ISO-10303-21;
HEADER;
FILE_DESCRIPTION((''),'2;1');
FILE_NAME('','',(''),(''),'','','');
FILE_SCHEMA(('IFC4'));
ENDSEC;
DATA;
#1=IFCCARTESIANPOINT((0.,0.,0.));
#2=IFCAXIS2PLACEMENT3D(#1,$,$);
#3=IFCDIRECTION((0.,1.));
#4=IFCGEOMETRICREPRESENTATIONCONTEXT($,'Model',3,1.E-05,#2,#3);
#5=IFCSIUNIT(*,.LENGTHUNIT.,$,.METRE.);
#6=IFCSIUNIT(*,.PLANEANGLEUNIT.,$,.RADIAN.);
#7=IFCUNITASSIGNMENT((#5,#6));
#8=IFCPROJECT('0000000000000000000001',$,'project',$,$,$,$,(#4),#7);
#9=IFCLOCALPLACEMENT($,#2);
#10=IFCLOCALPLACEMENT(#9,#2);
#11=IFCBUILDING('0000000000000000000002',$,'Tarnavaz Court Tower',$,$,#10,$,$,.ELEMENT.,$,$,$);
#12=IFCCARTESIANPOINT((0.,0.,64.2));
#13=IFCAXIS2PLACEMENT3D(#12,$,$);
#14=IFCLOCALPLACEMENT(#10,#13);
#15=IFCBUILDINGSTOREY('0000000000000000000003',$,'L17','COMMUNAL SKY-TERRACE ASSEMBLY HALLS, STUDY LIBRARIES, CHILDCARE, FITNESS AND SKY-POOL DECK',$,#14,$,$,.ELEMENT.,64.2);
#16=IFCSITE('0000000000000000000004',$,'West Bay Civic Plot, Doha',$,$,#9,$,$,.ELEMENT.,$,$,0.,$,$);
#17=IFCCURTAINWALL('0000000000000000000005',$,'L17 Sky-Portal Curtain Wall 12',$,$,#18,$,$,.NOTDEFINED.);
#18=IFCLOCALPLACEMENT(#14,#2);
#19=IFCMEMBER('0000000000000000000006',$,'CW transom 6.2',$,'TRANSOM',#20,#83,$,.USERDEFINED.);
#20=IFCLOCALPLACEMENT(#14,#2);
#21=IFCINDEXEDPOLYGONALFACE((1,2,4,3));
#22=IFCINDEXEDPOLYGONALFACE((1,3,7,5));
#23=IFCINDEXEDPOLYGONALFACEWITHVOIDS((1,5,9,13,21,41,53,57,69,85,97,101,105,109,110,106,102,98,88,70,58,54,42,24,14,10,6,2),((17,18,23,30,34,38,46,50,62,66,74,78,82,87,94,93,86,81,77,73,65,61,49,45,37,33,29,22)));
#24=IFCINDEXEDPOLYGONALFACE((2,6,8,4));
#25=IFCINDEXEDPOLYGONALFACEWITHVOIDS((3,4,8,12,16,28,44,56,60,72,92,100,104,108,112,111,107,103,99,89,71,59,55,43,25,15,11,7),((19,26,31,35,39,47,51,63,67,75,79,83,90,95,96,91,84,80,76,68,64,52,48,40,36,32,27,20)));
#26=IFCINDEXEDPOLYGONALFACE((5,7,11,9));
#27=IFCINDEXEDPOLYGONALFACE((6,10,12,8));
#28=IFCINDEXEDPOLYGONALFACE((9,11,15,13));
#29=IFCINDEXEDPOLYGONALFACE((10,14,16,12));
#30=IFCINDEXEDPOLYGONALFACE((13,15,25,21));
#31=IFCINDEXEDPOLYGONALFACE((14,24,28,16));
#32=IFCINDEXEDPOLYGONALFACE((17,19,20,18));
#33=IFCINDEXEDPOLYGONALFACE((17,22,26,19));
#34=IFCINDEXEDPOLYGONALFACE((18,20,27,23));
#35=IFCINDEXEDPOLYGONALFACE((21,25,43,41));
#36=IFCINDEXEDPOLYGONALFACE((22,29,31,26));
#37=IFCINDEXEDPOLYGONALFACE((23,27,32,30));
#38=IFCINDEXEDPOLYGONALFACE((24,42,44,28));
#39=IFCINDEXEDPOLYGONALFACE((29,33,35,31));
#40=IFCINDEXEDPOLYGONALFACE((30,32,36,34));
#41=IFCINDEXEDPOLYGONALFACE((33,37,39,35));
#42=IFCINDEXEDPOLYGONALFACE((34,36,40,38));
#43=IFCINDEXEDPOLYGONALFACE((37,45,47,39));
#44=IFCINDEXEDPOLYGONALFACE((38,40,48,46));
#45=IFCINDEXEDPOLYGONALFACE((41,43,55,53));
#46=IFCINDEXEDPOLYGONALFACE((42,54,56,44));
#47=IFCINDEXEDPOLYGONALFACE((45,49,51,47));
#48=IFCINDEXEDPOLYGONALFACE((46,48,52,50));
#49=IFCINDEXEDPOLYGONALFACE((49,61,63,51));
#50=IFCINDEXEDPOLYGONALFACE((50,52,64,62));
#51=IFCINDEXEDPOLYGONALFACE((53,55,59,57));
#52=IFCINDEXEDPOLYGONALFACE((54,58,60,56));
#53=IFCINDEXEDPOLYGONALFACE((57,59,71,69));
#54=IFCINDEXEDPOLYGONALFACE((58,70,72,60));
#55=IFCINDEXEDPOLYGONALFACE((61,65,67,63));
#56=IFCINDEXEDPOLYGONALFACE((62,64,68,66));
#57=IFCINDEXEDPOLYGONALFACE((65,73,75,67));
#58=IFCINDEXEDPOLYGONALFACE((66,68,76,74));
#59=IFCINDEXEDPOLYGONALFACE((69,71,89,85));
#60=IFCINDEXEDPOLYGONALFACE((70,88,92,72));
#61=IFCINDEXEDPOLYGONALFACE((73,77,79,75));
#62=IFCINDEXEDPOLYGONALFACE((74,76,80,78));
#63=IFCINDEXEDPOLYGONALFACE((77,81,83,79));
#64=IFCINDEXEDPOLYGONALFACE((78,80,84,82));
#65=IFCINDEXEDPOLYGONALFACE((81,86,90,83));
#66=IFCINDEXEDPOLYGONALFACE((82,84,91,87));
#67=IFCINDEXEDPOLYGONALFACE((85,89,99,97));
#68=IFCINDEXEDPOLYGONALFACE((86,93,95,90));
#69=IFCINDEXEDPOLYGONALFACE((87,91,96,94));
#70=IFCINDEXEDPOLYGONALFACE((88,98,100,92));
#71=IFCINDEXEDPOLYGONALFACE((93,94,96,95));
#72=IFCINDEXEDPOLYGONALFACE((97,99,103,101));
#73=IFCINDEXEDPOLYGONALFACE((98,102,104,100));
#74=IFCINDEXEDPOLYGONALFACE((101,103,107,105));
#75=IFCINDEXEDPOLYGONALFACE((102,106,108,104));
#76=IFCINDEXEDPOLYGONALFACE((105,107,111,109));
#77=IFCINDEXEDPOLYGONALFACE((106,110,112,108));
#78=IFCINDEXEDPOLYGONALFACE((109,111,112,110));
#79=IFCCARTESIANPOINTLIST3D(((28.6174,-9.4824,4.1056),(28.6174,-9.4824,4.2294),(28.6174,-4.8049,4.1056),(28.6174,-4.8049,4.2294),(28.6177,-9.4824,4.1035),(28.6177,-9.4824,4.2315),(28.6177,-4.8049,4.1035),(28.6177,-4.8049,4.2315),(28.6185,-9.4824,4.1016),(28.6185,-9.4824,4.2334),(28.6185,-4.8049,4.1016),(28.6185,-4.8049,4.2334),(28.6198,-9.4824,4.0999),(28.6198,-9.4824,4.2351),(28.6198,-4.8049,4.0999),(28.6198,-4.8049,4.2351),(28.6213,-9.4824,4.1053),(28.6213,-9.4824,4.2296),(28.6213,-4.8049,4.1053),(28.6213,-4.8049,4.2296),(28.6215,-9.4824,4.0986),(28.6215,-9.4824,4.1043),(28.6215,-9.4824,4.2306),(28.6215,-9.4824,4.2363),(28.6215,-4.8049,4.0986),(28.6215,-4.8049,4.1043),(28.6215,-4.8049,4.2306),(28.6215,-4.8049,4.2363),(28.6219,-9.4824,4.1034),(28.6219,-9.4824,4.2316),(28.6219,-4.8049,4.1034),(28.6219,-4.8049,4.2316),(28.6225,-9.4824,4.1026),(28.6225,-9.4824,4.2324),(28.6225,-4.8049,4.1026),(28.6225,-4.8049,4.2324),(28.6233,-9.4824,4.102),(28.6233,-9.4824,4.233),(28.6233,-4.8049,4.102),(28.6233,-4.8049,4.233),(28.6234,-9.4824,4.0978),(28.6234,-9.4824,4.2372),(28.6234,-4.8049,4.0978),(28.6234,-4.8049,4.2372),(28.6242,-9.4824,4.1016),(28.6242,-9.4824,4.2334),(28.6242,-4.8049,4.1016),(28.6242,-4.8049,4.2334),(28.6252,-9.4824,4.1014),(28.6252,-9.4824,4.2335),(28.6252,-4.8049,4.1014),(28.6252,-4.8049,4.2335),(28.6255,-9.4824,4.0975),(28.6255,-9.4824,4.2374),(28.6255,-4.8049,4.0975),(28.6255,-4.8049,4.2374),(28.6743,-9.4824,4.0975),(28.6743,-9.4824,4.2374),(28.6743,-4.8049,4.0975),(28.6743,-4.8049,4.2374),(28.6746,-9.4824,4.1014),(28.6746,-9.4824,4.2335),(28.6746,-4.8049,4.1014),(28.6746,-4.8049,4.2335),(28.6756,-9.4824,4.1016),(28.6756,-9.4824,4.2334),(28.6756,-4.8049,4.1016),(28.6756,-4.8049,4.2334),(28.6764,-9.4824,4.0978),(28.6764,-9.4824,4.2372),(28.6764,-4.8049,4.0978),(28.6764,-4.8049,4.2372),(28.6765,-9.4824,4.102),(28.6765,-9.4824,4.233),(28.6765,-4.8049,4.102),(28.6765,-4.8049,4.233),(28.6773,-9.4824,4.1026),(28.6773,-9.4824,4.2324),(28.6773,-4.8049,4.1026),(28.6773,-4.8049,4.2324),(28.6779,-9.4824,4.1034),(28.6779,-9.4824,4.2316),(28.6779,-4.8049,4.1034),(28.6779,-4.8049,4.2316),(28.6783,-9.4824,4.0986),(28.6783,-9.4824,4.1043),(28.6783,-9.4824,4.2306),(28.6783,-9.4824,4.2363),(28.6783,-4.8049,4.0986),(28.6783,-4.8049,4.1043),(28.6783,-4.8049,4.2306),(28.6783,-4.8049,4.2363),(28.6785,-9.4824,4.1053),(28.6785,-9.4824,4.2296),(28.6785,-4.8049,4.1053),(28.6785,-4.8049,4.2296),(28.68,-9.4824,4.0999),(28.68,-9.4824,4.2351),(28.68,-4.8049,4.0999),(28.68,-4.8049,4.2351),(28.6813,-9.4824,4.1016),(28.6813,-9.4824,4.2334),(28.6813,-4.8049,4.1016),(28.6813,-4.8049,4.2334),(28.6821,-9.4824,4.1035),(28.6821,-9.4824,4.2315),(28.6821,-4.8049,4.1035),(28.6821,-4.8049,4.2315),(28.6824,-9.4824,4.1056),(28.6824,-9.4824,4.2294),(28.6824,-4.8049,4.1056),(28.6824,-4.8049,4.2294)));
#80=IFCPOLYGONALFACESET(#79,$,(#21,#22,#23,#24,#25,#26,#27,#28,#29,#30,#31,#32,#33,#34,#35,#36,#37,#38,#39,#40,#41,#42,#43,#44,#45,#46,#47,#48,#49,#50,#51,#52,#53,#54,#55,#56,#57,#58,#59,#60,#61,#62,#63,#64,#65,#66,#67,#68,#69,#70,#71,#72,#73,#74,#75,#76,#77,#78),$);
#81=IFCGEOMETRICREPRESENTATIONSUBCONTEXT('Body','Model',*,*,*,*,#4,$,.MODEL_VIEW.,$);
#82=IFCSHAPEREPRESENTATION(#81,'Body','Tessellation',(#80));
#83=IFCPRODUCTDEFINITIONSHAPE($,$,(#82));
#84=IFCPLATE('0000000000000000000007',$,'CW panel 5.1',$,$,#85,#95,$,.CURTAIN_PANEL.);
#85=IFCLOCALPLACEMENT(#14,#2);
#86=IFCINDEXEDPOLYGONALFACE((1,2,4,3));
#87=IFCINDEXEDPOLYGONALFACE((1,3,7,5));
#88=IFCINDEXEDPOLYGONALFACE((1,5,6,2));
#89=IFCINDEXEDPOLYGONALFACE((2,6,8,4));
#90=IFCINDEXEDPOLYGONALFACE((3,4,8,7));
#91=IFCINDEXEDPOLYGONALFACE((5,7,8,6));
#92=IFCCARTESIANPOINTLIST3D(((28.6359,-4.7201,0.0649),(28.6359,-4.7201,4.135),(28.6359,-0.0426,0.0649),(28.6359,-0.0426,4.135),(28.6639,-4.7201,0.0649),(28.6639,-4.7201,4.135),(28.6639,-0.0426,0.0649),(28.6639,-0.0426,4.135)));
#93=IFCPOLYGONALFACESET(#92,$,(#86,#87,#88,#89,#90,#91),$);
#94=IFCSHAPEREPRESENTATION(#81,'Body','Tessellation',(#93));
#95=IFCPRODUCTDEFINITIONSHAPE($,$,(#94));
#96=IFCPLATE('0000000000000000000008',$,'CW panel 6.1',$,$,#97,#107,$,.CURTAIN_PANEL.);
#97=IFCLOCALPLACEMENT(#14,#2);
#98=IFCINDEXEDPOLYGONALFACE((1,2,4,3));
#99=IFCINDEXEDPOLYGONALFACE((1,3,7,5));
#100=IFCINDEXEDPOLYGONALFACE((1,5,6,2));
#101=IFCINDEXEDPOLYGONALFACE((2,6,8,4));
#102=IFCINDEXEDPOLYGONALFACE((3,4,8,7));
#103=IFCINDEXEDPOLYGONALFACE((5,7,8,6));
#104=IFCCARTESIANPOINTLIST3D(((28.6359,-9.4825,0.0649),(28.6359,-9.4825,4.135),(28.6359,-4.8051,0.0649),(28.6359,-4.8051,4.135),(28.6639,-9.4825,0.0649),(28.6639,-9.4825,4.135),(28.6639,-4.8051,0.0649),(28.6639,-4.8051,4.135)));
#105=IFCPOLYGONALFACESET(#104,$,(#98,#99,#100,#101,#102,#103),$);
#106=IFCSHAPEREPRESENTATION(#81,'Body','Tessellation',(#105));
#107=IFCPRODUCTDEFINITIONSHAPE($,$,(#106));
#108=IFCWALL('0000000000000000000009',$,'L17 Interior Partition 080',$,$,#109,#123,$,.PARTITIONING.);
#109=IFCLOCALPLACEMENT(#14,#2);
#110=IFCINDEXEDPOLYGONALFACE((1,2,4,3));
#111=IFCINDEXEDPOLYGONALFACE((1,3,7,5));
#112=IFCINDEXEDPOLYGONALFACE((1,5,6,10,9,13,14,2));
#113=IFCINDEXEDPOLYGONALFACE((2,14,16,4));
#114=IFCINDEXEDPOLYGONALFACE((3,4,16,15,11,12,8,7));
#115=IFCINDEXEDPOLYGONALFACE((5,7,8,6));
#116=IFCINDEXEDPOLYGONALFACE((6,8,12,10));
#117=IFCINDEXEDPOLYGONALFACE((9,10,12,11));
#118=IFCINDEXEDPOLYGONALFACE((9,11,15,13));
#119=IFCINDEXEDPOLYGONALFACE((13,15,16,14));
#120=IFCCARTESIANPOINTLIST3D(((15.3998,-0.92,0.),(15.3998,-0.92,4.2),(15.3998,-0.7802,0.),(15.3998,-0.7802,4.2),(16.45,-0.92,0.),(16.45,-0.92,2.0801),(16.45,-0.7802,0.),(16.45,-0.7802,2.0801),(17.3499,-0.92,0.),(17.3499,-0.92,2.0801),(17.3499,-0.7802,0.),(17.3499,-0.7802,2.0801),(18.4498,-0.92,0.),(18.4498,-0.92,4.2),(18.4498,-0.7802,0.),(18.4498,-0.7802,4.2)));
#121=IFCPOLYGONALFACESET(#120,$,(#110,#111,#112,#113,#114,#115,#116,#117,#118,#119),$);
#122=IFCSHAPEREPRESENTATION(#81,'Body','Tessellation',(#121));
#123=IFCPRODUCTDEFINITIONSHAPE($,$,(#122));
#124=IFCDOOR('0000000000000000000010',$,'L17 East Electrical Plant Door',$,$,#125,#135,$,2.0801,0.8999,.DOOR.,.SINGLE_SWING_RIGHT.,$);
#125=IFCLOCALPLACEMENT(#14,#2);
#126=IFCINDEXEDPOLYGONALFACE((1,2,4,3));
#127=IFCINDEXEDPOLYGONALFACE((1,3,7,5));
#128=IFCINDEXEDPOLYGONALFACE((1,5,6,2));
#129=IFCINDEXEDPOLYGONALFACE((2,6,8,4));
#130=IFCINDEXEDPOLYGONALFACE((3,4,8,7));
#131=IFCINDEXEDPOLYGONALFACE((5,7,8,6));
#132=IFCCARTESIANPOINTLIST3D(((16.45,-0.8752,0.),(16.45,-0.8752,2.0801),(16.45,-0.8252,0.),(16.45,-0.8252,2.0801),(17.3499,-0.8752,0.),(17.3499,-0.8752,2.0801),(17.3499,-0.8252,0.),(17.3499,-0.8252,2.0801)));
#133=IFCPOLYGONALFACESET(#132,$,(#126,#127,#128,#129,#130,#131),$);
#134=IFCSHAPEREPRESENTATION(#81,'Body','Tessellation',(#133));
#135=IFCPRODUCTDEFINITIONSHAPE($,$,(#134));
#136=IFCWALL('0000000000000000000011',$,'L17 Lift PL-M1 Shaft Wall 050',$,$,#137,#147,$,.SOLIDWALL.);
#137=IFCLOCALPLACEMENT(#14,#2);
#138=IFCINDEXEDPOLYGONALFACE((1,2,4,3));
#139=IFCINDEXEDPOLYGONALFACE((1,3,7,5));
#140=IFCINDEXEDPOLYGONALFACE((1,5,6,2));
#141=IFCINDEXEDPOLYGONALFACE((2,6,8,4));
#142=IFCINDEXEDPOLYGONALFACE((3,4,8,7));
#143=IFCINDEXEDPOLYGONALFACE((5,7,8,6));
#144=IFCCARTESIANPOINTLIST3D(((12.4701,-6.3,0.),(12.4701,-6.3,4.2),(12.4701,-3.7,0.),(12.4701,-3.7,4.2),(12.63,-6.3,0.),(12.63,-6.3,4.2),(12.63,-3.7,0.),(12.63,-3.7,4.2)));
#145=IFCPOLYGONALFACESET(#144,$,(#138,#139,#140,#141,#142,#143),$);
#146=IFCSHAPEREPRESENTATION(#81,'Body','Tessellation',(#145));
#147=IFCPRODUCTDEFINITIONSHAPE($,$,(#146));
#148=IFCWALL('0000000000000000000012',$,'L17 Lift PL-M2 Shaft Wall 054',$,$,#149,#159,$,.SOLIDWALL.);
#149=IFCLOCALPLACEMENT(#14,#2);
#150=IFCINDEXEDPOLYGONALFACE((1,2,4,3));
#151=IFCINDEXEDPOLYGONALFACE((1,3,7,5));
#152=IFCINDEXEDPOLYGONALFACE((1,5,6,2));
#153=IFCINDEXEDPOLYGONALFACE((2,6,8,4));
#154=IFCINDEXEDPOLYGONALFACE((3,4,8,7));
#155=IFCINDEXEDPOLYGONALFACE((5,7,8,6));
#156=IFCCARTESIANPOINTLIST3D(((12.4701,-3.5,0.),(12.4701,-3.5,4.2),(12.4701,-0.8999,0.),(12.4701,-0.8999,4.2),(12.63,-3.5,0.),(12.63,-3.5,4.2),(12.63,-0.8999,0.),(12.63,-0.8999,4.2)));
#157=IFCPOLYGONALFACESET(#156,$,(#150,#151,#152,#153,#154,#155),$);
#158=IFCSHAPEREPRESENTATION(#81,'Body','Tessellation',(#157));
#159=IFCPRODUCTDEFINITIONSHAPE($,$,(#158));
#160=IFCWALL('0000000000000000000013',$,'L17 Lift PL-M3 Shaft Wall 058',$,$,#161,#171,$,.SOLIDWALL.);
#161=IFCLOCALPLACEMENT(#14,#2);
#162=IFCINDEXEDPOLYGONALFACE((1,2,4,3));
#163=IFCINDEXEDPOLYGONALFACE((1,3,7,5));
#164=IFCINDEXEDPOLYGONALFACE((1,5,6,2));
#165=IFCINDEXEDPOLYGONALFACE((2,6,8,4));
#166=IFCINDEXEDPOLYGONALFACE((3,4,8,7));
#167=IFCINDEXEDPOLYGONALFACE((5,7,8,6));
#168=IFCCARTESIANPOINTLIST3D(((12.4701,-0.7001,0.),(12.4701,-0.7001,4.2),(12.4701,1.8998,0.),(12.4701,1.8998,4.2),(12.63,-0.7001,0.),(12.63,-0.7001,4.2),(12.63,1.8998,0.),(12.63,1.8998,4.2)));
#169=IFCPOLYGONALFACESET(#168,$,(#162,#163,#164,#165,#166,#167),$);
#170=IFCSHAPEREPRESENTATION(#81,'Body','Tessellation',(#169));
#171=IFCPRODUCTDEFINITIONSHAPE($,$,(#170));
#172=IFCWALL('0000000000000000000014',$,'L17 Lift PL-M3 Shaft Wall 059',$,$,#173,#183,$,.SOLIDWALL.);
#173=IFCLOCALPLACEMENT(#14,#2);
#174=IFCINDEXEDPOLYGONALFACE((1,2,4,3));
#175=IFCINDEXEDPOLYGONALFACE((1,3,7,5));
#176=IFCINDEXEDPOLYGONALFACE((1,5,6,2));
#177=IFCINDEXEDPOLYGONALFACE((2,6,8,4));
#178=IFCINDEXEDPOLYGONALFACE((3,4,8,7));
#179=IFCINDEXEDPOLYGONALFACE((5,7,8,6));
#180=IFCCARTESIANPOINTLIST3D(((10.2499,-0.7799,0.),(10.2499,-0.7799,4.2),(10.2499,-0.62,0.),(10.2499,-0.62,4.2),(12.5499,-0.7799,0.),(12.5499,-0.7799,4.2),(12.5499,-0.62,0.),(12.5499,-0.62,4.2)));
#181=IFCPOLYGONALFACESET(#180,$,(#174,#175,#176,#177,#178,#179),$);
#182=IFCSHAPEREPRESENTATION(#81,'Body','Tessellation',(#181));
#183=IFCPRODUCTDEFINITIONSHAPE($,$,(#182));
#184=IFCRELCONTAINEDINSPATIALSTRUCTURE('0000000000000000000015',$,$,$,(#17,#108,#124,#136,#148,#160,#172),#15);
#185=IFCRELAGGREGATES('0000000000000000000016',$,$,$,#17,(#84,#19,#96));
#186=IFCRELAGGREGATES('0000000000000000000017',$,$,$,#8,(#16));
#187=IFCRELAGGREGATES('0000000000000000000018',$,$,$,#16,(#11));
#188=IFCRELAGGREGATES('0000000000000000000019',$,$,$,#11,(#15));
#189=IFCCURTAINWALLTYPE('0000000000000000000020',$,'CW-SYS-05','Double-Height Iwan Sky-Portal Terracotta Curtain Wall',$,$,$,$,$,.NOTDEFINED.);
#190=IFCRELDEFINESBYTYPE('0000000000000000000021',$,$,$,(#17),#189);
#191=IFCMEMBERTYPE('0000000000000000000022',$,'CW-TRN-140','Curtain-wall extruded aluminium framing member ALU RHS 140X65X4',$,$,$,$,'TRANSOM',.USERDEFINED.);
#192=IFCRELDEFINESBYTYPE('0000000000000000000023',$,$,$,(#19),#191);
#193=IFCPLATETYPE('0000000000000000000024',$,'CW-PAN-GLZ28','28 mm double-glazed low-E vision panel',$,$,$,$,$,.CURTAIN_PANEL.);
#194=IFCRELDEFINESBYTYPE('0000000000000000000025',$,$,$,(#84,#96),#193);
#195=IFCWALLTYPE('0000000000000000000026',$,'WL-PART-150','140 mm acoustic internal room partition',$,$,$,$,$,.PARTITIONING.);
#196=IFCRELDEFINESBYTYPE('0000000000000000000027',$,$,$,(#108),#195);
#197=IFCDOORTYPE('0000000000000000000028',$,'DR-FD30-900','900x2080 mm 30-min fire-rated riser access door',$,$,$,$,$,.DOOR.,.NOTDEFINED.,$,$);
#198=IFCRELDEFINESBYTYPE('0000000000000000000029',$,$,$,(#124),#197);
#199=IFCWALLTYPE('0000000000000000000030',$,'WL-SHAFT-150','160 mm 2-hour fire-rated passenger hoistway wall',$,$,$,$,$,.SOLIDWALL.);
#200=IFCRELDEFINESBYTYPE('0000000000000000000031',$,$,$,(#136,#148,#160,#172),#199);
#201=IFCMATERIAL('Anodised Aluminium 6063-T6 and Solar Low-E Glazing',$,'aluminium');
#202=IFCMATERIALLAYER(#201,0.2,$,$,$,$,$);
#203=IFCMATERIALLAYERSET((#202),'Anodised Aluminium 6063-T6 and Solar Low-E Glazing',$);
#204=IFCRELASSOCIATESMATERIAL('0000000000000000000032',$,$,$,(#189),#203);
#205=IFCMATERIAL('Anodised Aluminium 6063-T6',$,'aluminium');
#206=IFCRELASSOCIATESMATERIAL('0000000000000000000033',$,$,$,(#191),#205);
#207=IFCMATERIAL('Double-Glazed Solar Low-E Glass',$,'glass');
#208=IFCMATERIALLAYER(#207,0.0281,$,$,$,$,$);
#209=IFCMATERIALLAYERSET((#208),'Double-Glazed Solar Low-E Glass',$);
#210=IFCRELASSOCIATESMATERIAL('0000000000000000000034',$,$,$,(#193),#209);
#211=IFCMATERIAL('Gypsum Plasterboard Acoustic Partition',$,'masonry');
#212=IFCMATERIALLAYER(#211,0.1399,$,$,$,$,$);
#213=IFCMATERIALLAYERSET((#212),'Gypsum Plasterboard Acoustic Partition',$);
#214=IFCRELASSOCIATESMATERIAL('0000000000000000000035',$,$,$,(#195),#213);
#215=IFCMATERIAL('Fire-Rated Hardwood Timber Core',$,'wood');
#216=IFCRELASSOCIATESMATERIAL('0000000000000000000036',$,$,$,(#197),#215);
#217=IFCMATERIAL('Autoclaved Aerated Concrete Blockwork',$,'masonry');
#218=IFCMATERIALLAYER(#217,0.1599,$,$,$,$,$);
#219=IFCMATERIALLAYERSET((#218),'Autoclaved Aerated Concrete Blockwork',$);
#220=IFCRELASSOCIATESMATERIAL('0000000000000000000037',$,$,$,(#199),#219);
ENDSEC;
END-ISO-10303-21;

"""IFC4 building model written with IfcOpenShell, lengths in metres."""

from ifc_helpers import new_model, si_unit, direction, frame, frame_2d, origin, origin_2d, place, context, subcontext, project, spatial, rectangle, hollow_rectangle, extrude, material, layer, layer_set, material_profile, profile_set, type_object, element, fill, aggregate, save


model = new_model("IFC4")

# Units and contexts
model_context = context("Model", 3, precision=1e-05, world=origin(), true_north=direction((0.0, 1.0)))
body_context = subcontext(model_context, "Body", "Model", "MODEL_VIEW")
ifc_project = project(units=[si_unit("LENGTHUNIT", "METRE"), si_unit("PLANEANGLEUNIT", "RADIAN")], contexts=[model_context])

# Site, building, storey
site_placement = place(None, origin())
site = spatial("IfcSite", under=ifc_project, at=site_placement, Name="West Bay Civic Plot, Doha", CompositionType="ELEMENT", RefElevation=0.0)
building_placement = place(site_placement, origin())
building = spatial("IfcBuilding", under=site, at=building_placement, Name="Tarnavaz Court Tower", CompositionType="ELEMENT")
storey_placement = place(building_placement, frame((0.0, 0.0, 64.2)))
storey = spatial("IfcBuildingStorey", under=building, at=storey_placement, Name="L17", Description="COMMUNAL SKY-TERRACE ASSEMBLY HALLS, STUDY LIBRARIES, CHILDCARE, FITNESS AND SKY-POOL DECK", CompositionType="ELEMENT", Elevation=64.2)

# Curtain wall, member, plates
ifc_material_1 = material(Name="Anodised Aluminium 6063-T6 and Solar Low-E Glazing", Category="aluminium")
ifc_layer_1 = layer(ifc_material_1, 0.2)
ifc_layer_set_1 = layer_set([ifc_layer_1], Name="Anodised Aluminium 6063-T6 and Solar Low-E Glazing")
curtain_wall_type = type_object("IfcCurtainWallType", Name="CW-SYS-05", Description="Double-Height Iwan Sky-Portal Terracotta Curtain Wall", PredefinedType="NOTDEFINED", material=ifc_layer_set_1)
curtain_wall_placement = place(storey_placement, origin())
curtain_wall = element("IfcCurtainWall", 1, at=curtain_wall_placement, inside=storey, type_object=curtain_wall_type, Name="L17 Sky-Portal Curtain Wall 12", PredefinedType="NOTDEFINED")
ifc_material_2 = material(Name="Anodised Aluminium 6063-T6", Category="aluminium")
ifc_material_profile_1 = material_profile(ifc_material_2, hollow_rectangle(XDim=0.0649, YDim=0.1399, WallThickness=0.0039, InnerFilletRadius=0.0039, OuterFilletRadius=0.0081, at=origin_2d()), Name="ALU RHS 140X65X4")
ifc_profile_set_1 = profile_set([ifc_material_profile_1], Name="Anodised Aluminium 6063-T6")
member_type_1 = type_object("IfcMemberType", Name="CW-TRN-140", Description="Curtain-wall extruded aluminium framing member ALU RHS 140X65X4", ElementType="TRANSOM", PredefinedType="USERDEFINED", material=ifc_profile_set_1)
member_1_placement = place(storey_placement, frame((28.6499, -4.8049, 4.1675), z_axis=(0.0, -1.0, 0.0), x_axis=(1.0, 0.0, 0.0)))
member_1 = element("IfcMember", 2, at=member_1_placement, type_object=member_type_1, Name="CW transom 6.2", ObjectType="TRANSOM", PredefinedType="USERDEFINED", context=body_context, shape_type="SweptSolid", body=[
    extrude(hollow_rectangle(XDim=0.0649, YDim=0.1399, WallThickness=0.0039, InnerFilletRadius=0.0039, OuterFilletRadius=0.0081, at=origin_2d()), origin(), (0.0, 0.0, 1.0), 4.6775),
])
ifc_material_3 = material(Name="Double-Glazed Solar Low-E Glass", Category="glass")
ifc_layer_2 = layer(ifc_material_3, 0.0281)
ifc_layer_set_2 = layer_set([ifc_layer_2], Name="Double-Glazed Solar Low-E Glass")
plate_type = type_object("IfcPlateType", Name="CW-PAN-GLZ28", Description="28 mm double-glazed low-E vision panel", PredefinedType="CURTAIN_PANEL", material=ifc_layer_set_2)
plate_1_placement = place(storey_placement, frame((28.6499, -2.3813, 0.0649), z_axis=(0.0, 0.0, 1.0), x_axis=(0.0, -1.0, 0.0)))
plate_1 = element("IfcPlate", 3, at=plate_1_placement, type_object=plate_type, Name="CW panel 5.1", PredefinedType="CURTAIN_PANEL", context=body_context, shape_type="SweptSolid", body=[
    extrude(rectangle(XDim=4.6775, YDim=0.0281, at=origin_2d()), origin(), (0.0, 0.0, 1.0), 4.0701),
])
plate_2_placement = place(storey_placement, frame((28.6499, -7.1438, 0.0649), z_axis=(0.0, 0.0, 1.0), x_axis=(0.0, -1.0, 0.0)))
plate_2 = element("IfcPlate", 4, at=plate_2_placement, type_object=plate_type, Name="CW panel 6.1", PredefinedType="CURTAIN_PANEL", context=body_context, shape_type="SweptSolid", body=[
    extrude(rectangle(XDim=4.6775, YDim=0.0281, at=origin_2d()), origin(), (0.0, 0.0, 1.0), 4.0701),
])
aggregate(curtain_wall, [plate_1, member_1, plate_2])

# Wall, opening, door
ifc_material_4 = material(Name="Gypsum Plasterboard Acoustic Partition", Category="masonry")
ifc_layer_3 = layer(ifc_material_4, 0.1399)
ifc_layer_set_3 = layer_set([ifc_layer_3], Name="Gypsum Plasterboard Acoustic Partition")
wall_type_1 = type_object("IfcWallType", Name="WL-PART-150", Description="140 mm acoustic internal room partition", PredefinedType="PARTITIONING", material=ifc_layer_set_3)
wall_1_placement = place(storey_placement, frame((15.3999, -0.8501, 0.0), z_axis=(0.0, 0.0, 1.0), x_axis=(1.0, 0.0, 0.0)))
wall_1 = element("IfcWall", 5, at=wall_1_placement, inside=storey, type_object=wall_type_1, Name="L17 Interior Partition 080", PredefinedType="PARTITIONING", context=body_context, shape_type="SweptSolid", body=[
    extrude(rectangle(XDim=3.05, YDim=0.1399, at=frame_2d((1.5249, 0.0))), origin(), (0.0, 0.0, 1.0), 4.2),
])
opening_placement = place(wall_1_placement, frame((1.05, 0.0, 0.0)))
opening = element("IfcOpeningElement", 6, at=opening_placement, cuts=wall_1, PredefinedType="OPENING", context=body_context, shape_type="SweptSolid", body=[
    extrude(rectangle(XDim=0.8999, YDim=2.0801, at=frame_2d((0.45, 1.04))), frame((0.0, 0.0798, 0.0), z_axis=(0.0, -1.0, 0.0), x_axis=(1.0, 0.0, 0.0)), (0.0, 0.0, 1.0), 0.1599),
])
ifc_material_5 = material(Name="Fire-Rated Hardwood Timber Core", Category="wood")
door_type = type_object("IfcDoorType", Name="DR-FD30-900", Description="900x2080 mm 30-min fire-rated riser access door", OperationType="NOTDEFINED", PredefinedType="DOOR", material=ifc_material_5)
door_placement = place(opening_placement, origin())
door = element("IfcDoor", 7, at=door_placement, inside=storey, type_object=door_type, Name="L17 East Electrical Plant Door", OperationType="SINGLE_SWING_RIGHT", OverallHeight=2.0801, OverallWidth=0.8999, PredefinedType="DOOR", context=body_context, shape_type="SweptSolid", body=[
    extrude(rectangle(XDim=0.8999, YDim=2.0801, at=frame_2d((0.45, 1.04))), frame((0.0, 0.0249, 0.0), z_axis=(0.0, -1.0, 0.0), x_axis=(1.0, 0.0, 0.0)), (0.0, 0.0, 1.0), 0.05),
])
fill(opening, door)

# Walls
ifc_material_6 = material(Name="Autoclaved Aerated Concrete Blockwork", Category="masonry")
ifc_layer_4 = layer(ifc_material_6, 0.1599)
ifc_layer_set_4 = layer_set([ifc_layer_4], Name="Autoclaved Aerated Concrete Blockwork")
wall_type_2 = type_object("IfcWallType", Name="WL-SHAFT-150", Description="160 mm 2-hour fire-rated passenger hoistway wall", PredefinedType="SOLIDWALL", material=ifc_layer_set_4)
for number, where, z_axis, x_axis, name in (
    (8, (12.55, -6.3, 0.0), (0.0, 0.0, 1.0), (0.0, 1.0, 0.0), "L17 Lift PL-M1 Shaft Wall 050"),
    (9, (12.55, -3.5, 0.0), (0.0, 0.0, 1.0), (0.0, 1.0, 0.0), "L17 Lift PL-M2 Shaft Wall 054"),
):
    element("IfcWall", number, at=place(storey_placement, frame(where, z_axis=z_axis, x_axis=x_axis)), inside=storey, type_object=wall_type_2, Name=name, PredefinedType="SOLIDWALL", context=body_context, shape_type="SweptSolid", body=[
        extrude(rectangle(XDim=2.6001, YDim=0.1599, at=frame_2d((1.3, 0.0))), origin(), (0.0, 0.0, 1.0), 4.2),
    ])
wall_2_placement = place(storey_placement, frame((12.55, -0.7, 0.0), z_axis=(0.0, 0.0, 1.0), x_axis=(0.0, 1.0, 0.0)))
element("IfcWall", 10, at=wall_2_placement, inside=storey, type_object=wall_type_2, Name="L17 Lift PL-M3 Shaft Wall 058", PredefinedType="SOLIDWALL", context=body_context, shape_type="SweptSolid", body=[
    extrude(rectangle(XDim=2.5999, YDim=0.1599, at=frame_2d((1.2998, 0.0))), origin(), (0.0, 0.0, 1.0), 4.2),
])
wall_3_placement = place(storey_placement, frame((10.25, -0.7, 0.0), z_axis=(0.0, 0.0, 1.0), x_axis=(1.0, 0.0, 0.0)))
element("IfcWall", 11, at=wall_3_placement, inside=storey, type_object=wall_type_2, Name="L17 Lift PL-M3 Shaft Wall 059", PredefinedType="SOLIDWALL", context=body_context, shape_type="SweptSolid", body=[
    extrude(rectangle(XDim=2.3, YDim=0.1599, at=frame_2d((1.1499, 0.0))), origin(), (0.0, 0.0, 1.0), 4.2),
])

save(model, "model.ifc")
